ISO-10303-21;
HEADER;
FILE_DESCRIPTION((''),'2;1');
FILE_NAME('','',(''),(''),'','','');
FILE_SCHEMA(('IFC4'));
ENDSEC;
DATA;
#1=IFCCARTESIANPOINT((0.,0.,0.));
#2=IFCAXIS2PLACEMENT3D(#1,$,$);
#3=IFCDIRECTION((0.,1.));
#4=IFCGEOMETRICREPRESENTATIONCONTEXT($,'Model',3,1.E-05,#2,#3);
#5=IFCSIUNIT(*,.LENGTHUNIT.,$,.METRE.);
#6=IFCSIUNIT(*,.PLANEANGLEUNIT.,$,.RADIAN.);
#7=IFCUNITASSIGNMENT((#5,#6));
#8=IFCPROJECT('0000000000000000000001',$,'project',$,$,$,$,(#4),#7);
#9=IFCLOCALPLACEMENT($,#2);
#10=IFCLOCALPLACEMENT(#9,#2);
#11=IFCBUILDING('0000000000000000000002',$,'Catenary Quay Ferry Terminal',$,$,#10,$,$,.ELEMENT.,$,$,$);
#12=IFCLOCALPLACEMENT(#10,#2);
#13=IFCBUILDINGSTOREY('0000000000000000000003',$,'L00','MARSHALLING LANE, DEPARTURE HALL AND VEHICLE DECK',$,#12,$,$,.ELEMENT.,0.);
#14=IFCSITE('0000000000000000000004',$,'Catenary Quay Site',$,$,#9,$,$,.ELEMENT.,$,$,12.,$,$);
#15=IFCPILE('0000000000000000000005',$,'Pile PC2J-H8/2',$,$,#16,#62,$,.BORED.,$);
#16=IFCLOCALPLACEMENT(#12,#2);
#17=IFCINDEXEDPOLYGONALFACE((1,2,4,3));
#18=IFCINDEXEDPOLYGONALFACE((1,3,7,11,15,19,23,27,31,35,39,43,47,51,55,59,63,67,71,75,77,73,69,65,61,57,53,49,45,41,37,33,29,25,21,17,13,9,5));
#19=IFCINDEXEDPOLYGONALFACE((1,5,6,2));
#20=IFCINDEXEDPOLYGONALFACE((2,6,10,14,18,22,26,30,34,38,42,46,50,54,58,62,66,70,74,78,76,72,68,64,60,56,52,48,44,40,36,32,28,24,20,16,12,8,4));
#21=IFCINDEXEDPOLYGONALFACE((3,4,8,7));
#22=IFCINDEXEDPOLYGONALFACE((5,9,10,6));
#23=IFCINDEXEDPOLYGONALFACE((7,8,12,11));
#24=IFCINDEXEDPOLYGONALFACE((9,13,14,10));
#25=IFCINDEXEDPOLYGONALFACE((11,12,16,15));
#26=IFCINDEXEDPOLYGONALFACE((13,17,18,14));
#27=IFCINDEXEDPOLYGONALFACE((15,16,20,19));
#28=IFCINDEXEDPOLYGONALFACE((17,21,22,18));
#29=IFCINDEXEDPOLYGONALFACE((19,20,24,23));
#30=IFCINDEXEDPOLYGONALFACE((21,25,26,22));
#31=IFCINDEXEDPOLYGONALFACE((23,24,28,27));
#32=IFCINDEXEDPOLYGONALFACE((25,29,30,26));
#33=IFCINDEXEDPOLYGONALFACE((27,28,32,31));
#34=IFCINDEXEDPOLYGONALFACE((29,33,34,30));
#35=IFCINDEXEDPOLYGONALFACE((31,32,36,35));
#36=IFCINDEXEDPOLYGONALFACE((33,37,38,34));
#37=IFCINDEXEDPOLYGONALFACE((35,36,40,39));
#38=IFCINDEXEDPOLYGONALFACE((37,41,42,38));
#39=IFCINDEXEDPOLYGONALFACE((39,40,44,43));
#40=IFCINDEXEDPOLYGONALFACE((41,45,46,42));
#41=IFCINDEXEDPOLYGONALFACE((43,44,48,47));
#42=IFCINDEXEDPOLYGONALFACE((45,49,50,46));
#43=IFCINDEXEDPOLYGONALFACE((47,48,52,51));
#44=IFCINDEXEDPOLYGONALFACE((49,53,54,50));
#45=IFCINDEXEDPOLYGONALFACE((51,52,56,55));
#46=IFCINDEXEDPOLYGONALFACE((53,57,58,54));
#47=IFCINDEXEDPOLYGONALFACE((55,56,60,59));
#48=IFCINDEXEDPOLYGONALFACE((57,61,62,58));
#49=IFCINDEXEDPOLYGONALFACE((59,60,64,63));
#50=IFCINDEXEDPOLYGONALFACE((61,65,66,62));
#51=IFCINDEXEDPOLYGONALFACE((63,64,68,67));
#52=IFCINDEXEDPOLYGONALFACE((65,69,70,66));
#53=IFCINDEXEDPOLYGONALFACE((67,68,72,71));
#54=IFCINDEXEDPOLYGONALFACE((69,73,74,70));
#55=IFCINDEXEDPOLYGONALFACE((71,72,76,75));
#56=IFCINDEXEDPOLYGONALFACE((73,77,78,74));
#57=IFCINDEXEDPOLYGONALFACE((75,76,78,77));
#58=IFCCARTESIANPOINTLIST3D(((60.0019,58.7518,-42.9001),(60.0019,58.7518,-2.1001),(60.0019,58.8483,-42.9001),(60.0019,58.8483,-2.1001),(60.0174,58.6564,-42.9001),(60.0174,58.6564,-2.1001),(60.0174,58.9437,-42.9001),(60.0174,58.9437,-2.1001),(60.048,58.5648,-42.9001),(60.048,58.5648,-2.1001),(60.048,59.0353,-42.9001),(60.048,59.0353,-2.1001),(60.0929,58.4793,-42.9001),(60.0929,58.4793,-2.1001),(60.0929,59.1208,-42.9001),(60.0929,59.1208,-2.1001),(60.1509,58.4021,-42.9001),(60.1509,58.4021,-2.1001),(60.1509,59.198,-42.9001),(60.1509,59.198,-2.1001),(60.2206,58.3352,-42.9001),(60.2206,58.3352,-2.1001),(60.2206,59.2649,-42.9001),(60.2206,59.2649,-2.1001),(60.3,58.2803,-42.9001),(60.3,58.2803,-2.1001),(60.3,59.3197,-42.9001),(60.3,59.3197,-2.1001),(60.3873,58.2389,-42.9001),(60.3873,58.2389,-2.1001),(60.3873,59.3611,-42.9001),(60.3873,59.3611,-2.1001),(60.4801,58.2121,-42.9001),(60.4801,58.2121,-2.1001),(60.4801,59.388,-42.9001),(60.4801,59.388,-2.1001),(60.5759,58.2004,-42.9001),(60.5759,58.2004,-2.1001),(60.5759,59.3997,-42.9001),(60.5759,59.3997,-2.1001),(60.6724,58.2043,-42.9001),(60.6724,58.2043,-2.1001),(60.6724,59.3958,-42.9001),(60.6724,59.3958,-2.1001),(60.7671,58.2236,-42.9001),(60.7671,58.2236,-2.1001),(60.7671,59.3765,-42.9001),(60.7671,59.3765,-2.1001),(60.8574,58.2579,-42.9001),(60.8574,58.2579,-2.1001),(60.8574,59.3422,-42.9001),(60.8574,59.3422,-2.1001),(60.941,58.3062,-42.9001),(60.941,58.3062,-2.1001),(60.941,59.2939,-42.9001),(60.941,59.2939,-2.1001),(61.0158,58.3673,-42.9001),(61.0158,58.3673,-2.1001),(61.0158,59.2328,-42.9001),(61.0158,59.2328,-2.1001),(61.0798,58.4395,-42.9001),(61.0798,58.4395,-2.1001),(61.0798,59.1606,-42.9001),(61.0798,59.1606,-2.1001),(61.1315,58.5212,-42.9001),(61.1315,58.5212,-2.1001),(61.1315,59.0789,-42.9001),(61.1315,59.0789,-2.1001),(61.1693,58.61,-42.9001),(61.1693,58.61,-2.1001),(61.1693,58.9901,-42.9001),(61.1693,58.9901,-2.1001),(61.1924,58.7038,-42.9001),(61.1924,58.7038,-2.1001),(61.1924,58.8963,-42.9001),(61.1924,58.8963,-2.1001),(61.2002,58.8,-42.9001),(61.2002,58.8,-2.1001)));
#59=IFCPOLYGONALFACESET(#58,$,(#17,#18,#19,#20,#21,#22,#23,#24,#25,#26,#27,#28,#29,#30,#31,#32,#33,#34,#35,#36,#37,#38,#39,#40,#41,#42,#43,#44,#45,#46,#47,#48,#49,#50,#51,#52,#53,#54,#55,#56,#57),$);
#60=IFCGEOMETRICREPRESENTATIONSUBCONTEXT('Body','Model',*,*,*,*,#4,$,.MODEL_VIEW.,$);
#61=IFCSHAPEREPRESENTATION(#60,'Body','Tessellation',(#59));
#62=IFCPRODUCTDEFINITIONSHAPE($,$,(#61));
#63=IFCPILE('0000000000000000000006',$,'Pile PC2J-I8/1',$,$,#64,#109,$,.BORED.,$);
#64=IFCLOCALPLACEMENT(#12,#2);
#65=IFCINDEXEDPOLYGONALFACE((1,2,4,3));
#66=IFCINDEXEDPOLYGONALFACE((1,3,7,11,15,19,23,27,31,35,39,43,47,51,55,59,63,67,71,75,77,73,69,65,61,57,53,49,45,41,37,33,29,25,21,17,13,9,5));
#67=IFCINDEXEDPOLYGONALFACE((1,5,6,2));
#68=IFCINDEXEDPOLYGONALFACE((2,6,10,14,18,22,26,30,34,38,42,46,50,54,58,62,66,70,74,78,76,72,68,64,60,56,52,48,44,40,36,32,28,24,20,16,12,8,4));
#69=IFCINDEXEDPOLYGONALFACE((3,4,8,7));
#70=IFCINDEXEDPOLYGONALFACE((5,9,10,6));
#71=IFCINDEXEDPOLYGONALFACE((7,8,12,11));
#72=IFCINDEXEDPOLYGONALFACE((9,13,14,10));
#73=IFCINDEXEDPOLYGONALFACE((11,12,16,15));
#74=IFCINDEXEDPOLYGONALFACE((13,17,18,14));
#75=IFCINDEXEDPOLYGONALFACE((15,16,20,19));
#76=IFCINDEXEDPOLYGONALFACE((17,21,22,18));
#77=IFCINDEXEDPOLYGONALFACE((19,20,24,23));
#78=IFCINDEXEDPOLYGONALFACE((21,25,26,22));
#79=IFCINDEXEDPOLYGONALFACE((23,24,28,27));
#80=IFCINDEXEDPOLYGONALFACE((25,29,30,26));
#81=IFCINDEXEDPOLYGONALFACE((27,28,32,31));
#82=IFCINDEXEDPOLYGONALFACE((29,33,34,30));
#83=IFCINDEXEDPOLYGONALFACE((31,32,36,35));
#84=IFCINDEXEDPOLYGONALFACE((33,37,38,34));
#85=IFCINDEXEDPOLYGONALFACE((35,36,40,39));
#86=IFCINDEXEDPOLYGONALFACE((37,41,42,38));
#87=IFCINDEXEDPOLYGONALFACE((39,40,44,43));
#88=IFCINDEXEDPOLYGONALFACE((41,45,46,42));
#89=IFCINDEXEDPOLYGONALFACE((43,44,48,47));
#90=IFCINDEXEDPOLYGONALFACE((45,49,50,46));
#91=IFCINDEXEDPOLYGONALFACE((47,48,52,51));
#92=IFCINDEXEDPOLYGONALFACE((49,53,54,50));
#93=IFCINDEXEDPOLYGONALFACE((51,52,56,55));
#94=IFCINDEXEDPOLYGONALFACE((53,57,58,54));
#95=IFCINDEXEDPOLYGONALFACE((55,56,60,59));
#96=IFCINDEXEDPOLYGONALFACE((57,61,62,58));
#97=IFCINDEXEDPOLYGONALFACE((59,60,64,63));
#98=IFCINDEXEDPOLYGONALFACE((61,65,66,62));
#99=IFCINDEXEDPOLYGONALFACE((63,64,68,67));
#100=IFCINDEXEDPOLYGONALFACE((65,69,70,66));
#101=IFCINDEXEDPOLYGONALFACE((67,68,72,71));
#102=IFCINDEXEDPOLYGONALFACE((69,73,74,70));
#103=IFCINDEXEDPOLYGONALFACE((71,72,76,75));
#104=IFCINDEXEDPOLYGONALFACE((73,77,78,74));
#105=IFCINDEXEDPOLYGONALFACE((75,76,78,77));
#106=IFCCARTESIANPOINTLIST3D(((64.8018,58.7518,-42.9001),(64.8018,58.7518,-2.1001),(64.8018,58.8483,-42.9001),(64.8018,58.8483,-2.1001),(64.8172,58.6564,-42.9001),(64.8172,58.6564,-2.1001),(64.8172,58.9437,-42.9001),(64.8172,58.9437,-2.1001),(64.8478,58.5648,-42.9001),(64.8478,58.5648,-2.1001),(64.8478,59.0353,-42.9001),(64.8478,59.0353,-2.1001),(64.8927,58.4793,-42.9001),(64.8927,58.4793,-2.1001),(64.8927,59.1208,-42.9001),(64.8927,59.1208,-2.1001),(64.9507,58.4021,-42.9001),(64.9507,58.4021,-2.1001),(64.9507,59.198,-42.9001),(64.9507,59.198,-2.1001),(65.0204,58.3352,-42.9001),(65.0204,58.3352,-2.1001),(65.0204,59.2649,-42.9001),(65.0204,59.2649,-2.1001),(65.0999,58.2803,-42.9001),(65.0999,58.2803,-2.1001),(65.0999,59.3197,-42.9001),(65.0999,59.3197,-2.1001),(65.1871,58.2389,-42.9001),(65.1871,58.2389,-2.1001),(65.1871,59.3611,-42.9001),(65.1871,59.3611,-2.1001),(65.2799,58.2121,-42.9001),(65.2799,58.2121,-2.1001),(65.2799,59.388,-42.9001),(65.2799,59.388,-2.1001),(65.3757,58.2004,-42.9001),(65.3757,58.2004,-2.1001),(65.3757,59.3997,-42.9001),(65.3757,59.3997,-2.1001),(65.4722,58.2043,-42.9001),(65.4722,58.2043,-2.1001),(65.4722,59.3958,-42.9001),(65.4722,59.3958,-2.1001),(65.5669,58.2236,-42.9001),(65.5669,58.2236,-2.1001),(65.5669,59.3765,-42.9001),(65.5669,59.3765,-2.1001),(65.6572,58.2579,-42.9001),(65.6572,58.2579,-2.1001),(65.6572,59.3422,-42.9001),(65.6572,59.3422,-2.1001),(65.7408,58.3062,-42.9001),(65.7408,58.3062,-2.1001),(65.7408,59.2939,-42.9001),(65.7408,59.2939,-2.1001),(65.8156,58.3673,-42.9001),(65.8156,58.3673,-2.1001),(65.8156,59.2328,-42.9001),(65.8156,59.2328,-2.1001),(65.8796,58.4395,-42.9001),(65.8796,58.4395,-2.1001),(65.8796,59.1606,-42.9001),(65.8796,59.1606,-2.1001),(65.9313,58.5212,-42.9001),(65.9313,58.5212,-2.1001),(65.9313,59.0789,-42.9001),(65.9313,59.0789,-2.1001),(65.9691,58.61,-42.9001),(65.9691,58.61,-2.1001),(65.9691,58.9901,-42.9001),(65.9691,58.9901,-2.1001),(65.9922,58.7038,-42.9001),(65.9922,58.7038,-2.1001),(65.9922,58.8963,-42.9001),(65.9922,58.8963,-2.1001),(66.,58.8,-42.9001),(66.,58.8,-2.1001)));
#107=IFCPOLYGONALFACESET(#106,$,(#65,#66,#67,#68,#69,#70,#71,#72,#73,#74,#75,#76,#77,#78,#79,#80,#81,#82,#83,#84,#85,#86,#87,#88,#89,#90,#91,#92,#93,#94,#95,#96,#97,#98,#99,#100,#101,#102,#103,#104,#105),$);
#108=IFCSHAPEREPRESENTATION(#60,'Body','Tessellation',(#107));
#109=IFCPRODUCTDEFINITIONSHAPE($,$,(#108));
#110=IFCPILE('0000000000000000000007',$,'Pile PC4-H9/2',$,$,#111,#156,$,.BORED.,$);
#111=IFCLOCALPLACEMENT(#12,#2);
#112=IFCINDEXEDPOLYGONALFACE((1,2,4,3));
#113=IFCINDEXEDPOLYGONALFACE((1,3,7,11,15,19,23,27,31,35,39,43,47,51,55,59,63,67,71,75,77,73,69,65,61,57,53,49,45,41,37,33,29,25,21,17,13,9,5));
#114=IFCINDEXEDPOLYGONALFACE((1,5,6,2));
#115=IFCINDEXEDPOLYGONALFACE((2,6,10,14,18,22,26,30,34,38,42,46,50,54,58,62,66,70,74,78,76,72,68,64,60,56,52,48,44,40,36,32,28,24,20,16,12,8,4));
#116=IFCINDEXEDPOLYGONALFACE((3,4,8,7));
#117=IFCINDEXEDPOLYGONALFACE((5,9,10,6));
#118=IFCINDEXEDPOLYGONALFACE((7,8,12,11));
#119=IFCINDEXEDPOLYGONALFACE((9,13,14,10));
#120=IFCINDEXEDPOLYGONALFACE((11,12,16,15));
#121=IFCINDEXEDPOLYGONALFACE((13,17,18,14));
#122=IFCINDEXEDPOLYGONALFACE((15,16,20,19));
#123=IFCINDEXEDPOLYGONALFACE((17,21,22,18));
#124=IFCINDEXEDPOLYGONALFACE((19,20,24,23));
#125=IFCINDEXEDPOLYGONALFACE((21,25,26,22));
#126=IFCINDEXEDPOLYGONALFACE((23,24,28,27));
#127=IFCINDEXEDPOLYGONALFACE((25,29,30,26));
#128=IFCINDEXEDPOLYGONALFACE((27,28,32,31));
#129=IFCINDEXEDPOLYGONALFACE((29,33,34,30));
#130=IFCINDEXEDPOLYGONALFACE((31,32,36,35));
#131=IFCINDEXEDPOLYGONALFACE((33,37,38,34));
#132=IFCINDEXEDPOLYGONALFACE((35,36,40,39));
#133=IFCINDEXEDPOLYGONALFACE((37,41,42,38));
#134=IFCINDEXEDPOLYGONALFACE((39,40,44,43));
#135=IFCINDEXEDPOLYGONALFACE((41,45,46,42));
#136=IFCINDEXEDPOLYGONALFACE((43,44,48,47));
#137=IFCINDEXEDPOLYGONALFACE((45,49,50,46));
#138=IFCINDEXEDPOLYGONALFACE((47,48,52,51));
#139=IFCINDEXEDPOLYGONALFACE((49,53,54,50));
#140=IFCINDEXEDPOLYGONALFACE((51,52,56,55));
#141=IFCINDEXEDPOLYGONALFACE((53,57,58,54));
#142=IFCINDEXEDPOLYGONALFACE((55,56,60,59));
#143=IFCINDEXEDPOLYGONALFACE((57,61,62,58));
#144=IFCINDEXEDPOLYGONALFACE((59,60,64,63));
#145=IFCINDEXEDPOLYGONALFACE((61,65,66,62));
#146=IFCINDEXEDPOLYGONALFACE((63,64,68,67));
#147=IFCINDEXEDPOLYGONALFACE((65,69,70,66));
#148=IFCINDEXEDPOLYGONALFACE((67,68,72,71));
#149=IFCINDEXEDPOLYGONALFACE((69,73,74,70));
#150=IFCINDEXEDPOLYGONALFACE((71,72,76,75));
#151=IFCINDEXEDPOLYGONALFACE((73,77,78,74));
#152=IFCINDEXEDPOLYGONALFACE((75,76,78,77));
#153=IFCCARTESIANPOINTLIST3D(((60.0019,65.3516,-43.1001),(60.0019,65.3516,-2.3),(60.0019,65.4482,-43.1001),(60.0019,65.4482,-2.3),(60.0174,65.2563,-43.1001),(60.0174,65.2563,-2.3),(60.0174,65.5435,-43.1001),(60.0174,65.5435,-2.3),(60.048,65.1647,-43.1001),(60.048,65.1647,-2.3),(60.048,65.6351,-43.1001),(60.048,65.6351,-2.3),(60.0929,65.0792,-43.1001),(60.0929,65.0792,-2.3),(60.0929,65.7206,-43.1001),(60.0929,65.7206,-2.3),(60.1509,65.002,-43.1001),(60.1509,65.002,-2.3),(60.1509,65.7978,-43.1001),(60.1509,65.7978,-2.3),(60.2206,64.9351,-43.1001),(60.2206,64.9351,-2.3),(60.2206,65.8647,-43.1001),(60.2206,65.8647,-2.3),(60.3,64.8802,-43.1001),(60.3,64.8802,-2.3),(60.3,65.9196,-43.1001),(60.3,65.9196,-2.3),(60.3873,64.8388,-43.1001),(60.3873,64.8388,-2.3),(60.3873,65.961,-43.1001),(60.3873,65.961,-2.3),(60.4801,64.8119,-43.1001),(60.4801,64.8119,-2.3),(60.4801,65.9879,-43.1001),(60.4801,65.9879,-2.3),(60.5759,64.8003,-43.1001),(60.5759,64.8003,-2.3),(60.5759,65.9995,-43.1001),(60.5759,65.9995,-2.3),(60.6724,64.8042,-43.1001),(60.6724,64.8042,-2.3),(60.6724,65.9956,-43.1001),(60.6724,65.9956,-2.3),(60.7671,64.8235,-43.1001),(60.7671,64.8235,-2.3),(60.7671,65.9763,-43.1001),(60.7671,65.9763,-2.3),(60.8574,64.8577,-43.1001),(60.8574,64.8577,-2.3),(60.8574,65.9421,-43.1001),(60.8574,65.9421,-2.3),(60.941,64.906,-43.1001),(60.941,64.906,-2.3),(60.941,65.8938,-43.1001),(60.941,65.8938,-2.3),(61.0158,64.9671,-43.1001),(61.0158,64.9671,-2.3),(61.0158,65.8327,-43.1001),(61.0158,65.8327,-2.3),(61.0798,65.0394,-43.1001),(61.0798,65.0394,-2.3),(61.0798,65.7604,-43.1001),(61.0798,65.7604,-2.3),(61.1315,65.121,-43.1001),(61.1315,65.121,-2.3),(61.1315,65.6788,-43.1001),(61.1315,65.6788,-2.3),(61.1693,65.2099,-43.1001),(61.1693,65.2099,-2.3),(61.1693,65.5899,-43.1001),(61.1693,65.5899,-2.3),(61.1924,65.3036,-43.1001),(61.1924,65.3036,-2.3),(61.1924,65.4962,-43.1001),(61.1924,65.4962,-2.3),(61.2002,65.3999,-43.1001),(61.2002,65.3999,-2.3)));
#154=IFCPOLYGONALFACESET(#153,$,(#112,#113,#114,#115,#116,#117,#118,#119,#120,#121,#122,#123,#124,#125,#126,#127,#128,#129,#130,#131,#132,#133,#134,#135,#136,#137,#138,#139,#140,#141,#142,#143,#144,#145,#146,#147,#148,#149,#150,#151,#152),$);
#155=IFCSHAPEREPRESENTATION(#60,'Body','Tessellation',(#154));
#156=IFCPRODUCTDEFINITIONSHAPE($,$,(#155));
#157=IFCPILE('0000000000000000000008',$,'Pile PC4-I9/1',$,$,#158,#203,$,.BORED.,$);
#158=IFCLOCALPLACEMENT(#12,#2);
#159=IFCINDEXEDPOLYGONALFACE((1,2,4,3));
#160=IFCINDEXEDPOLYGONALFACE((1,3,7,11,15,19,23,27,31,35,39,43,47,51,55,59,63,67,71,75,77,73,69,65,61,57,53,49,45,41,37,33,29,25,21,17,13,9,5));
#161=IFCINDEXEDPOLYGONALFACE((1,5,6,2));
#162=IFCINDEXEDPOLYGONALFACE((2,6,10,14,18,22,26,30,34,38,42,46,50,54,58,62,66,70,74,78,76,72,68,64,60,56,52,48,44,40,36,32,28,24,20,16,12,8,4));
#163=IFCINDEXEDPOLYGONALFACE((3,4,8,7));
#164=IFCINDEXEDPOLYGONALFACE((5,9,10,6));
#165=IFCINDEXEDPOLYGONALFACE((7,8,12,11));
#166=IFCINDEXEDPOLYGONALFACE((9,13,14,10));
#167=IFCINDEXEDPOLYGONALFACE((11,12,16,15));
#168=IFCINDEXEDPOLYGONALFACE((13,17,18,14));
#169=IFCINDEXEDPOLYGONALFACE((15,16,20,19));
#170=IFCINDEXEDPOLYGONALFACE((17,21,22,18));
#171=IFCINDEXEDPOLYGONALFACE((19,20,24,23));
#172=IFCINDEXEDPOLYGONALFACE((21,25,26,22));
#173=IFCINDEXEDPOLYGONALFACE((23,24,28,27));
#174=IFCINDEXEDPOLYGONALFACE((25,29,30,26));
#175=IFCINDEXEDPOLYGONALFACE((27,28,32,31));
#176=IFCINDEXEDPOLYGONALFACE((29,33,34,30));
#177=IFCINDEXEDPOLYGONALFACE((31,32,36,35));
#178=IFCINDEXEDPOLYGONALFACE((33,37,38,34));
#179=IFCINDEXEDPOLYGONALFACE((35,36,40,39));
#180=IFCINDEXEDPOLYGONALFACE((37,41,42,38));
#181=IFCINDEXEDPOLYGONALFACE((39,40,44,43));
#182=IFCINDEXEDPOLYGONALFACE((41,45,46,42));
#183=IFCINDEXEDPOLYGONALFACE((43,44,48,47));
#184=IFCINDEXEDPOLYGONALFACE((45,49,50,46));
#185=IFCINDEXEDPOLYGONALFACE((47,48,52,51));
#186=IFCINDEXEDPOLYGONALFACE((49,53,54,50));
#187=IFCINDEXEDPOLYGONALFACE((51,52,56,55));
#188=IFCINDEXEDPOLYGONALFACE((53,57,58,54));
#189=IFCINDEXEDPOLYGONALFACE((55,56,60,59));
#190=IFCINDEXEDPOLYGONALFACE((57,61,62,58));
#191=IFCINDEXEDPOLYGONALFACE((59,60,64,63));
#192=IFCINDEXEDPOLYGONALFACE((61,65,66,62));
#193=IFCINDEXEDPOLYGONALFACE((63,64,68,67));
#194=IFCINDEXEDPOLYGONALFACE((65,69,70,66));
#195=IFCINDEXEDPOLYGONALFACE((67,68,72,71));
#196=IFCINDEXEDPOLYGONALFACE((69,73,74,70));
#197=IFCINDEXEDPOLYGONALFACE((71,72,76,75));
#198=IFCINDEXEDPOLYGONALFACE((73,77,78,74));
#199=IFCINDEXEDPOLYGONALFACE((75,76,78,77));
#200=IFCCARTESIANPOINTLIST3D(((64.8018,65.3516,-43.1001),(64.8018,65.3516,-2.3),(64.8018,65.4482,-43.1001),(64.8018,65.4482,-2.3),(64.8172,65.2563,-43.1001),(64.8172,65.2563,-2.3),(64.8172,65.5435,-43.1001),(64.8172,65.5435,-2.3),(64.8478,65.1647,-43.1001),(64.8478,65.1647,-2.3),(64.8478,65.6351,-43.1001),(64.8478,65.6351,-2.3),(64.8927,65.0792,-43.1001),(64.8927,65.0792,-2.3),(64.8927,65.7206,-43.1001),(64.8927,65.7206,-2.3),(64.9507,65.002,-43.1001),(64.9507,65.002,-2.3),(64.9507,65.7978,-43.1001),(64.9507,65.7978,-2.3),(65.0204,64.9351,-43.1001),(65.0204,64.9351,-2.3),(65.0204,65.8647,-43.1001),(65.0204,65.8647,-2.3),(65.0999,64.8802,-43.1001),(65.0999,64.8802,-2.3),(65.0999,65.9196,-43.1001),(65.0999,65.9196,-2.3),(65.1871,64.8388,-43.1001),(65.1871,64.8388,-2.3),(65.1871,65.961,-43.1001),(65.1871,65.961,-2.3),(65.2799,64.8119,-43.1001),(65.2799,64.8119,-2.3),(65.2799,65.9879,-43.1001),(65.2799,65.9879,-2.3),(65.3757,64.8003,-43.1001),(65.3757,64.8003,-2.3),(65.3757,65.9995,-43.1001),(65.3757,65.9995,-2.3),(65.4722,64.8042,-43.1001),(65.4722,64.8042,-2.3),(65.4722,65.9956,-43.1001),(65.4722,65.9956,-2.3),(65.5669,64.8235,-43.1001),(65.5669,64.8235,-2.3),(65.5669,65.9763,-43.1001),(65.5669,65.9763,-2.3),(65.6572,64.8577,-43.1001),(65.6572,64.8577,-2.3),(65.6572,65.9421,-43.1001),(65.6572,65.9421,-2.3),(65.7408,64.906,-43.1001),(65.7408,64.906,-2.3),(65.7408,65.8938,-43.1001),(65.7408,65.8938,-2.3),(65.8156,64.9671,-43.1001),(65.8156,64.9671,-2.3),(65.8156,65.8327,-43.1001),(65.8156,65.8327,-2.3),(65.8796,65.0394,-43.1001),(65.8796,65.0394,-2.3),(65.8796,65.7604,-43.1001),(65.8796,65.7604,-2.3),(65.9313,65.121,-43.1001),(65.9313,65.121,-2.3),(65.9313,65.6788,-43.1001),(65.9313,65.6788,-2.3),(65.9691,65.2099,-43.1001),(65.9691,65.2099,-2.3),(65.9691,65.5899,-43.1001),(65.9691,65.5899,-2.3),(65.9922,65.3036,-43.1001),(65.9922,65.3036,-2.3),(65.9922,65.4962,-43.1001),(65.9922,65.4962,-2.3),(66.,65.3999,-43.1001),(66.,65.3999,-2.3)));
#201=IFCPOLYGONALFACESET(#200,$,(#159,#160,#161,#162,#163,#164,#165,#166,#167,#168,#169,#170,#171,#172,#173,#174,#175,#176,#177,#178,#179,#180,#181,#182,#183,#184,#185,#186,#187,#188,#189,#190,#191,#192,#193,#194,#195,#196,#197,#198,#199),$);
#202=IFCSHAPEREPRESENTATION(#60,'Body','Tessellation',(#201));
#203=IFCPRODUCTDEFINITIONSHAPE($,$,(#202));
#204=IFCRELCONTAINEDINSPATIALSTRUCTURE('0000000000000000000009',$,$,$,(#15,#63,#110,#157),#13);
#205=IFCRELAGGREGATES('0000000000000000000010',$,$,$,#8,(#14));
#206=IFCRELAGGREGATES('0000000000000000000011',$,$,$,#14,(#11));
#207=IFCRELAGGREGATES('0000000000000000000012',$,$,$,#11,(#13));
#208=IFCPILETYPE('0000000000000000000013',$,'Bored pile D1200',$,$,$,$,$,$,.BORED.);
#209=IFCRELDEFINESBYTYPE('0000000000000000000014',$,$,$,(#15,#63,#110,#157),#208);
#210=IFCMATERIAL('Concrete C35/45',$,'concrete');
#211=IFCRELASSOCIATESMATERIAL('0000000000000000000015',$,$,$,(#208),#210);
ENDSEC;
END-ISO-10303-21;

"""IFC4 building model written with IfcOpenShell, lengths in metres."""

from ifc_helpers import new_model, si_unit, direction, frame, origin, origin_2d, place, context, subcontext, project, spatial, circle, extrude, material, material_profile, profile_set, type_object, element, save


model = new_model("IFC4")

# Units and contexts
model_context = context("Model", 3, precision=1e-05, world=origin(), true_north=direction((0.0, 1.0)))
body_context = subcontext(model_context, "Body", "Model", "MODEL_VIEW")
ifc_project = project(units=[si_unit("LENGTHUNIT", "METRE"), si_unit("PLANEANGLEUNIT", "RADIAN")], contexts=[model_context])

# Site, building, storey
site_placement = place(None, origin())
site = spatial("IfcSite", under=ifc_project, at=site_placement, Name="Catenary Quay Site", CompositionType="ELEMENT", RefElevation=12.0)
building_placement = place(site_placement, origin())
building = spatial("IfcBuilding", under=site, at=building_placement, Name="Catenary Quay Ferry Terminal", CompositionType="ELEMENT")
storey_placement = place(building_placement, origin())
storey = spatial("IfcBuildingStorey", under=building, at=storey_placement, Name="L00", Description="MARSHALLING LANE, DEPARTURE HALL AND VEHICLE DECK", CompositionType="ELEMENT", Elevation=0.0)

# Piles
ifc_material_1 = material(Name="Concrete C35/45", Category="concrete")
ifc_material_profile_1 = material_profile(ifc_material_1, circle(Radius=0.6001, at=origin_2d()), Name="D1200")
ifc_profile_set_1 = profile_set([ifc_material_profile_1], Name="Concrete C35/45")
pile_type = type_object("IfcPileType", Name="Bored pile D1200", PredefinedType="BORED", material=ifc_profile_set_1)
for number, where, z_axis, x_axis, name in (
    (1, (60.6001, 58.8, -2.1001), (0.0, 0.0, -1.0), (1.0, 0.0, 0.0), "Pile PC2J-H8/2"),
    (2, (65.3999, 58.8, -2.1001), (0.0, 0.0, -1.0), (1.0, 0.0, 0.0), "Pile PC2J-I8/1"),
    (3, (60.6001, 65.3999, -2.3), (0.0, 0.0, -1.0), (1.0, 0.0, 0.0), "Pile PC4-H9/2"),
    (4, (65.3999, 65.3999, -2.3), (0.0, 0.0, -1.0), (1.0, 0.0, 0.0), "Pile PC4-I9/1"),
):
    element("IfcPile", number, at=place(storey_placement, frame(where, z_axis=z_axis, x_axis=x_axis)), inside=storey, type_object=pile_type, Name=name, PredefinedType="BORED", context=body_context, shape_type="SweptSolid", body=[
        extrude(circle(Radius=0.6001, at=origin_2d()), origin(), (0.0, 0.0, 1.0), 40.8),
    ])

save(model, "model.ifc")
